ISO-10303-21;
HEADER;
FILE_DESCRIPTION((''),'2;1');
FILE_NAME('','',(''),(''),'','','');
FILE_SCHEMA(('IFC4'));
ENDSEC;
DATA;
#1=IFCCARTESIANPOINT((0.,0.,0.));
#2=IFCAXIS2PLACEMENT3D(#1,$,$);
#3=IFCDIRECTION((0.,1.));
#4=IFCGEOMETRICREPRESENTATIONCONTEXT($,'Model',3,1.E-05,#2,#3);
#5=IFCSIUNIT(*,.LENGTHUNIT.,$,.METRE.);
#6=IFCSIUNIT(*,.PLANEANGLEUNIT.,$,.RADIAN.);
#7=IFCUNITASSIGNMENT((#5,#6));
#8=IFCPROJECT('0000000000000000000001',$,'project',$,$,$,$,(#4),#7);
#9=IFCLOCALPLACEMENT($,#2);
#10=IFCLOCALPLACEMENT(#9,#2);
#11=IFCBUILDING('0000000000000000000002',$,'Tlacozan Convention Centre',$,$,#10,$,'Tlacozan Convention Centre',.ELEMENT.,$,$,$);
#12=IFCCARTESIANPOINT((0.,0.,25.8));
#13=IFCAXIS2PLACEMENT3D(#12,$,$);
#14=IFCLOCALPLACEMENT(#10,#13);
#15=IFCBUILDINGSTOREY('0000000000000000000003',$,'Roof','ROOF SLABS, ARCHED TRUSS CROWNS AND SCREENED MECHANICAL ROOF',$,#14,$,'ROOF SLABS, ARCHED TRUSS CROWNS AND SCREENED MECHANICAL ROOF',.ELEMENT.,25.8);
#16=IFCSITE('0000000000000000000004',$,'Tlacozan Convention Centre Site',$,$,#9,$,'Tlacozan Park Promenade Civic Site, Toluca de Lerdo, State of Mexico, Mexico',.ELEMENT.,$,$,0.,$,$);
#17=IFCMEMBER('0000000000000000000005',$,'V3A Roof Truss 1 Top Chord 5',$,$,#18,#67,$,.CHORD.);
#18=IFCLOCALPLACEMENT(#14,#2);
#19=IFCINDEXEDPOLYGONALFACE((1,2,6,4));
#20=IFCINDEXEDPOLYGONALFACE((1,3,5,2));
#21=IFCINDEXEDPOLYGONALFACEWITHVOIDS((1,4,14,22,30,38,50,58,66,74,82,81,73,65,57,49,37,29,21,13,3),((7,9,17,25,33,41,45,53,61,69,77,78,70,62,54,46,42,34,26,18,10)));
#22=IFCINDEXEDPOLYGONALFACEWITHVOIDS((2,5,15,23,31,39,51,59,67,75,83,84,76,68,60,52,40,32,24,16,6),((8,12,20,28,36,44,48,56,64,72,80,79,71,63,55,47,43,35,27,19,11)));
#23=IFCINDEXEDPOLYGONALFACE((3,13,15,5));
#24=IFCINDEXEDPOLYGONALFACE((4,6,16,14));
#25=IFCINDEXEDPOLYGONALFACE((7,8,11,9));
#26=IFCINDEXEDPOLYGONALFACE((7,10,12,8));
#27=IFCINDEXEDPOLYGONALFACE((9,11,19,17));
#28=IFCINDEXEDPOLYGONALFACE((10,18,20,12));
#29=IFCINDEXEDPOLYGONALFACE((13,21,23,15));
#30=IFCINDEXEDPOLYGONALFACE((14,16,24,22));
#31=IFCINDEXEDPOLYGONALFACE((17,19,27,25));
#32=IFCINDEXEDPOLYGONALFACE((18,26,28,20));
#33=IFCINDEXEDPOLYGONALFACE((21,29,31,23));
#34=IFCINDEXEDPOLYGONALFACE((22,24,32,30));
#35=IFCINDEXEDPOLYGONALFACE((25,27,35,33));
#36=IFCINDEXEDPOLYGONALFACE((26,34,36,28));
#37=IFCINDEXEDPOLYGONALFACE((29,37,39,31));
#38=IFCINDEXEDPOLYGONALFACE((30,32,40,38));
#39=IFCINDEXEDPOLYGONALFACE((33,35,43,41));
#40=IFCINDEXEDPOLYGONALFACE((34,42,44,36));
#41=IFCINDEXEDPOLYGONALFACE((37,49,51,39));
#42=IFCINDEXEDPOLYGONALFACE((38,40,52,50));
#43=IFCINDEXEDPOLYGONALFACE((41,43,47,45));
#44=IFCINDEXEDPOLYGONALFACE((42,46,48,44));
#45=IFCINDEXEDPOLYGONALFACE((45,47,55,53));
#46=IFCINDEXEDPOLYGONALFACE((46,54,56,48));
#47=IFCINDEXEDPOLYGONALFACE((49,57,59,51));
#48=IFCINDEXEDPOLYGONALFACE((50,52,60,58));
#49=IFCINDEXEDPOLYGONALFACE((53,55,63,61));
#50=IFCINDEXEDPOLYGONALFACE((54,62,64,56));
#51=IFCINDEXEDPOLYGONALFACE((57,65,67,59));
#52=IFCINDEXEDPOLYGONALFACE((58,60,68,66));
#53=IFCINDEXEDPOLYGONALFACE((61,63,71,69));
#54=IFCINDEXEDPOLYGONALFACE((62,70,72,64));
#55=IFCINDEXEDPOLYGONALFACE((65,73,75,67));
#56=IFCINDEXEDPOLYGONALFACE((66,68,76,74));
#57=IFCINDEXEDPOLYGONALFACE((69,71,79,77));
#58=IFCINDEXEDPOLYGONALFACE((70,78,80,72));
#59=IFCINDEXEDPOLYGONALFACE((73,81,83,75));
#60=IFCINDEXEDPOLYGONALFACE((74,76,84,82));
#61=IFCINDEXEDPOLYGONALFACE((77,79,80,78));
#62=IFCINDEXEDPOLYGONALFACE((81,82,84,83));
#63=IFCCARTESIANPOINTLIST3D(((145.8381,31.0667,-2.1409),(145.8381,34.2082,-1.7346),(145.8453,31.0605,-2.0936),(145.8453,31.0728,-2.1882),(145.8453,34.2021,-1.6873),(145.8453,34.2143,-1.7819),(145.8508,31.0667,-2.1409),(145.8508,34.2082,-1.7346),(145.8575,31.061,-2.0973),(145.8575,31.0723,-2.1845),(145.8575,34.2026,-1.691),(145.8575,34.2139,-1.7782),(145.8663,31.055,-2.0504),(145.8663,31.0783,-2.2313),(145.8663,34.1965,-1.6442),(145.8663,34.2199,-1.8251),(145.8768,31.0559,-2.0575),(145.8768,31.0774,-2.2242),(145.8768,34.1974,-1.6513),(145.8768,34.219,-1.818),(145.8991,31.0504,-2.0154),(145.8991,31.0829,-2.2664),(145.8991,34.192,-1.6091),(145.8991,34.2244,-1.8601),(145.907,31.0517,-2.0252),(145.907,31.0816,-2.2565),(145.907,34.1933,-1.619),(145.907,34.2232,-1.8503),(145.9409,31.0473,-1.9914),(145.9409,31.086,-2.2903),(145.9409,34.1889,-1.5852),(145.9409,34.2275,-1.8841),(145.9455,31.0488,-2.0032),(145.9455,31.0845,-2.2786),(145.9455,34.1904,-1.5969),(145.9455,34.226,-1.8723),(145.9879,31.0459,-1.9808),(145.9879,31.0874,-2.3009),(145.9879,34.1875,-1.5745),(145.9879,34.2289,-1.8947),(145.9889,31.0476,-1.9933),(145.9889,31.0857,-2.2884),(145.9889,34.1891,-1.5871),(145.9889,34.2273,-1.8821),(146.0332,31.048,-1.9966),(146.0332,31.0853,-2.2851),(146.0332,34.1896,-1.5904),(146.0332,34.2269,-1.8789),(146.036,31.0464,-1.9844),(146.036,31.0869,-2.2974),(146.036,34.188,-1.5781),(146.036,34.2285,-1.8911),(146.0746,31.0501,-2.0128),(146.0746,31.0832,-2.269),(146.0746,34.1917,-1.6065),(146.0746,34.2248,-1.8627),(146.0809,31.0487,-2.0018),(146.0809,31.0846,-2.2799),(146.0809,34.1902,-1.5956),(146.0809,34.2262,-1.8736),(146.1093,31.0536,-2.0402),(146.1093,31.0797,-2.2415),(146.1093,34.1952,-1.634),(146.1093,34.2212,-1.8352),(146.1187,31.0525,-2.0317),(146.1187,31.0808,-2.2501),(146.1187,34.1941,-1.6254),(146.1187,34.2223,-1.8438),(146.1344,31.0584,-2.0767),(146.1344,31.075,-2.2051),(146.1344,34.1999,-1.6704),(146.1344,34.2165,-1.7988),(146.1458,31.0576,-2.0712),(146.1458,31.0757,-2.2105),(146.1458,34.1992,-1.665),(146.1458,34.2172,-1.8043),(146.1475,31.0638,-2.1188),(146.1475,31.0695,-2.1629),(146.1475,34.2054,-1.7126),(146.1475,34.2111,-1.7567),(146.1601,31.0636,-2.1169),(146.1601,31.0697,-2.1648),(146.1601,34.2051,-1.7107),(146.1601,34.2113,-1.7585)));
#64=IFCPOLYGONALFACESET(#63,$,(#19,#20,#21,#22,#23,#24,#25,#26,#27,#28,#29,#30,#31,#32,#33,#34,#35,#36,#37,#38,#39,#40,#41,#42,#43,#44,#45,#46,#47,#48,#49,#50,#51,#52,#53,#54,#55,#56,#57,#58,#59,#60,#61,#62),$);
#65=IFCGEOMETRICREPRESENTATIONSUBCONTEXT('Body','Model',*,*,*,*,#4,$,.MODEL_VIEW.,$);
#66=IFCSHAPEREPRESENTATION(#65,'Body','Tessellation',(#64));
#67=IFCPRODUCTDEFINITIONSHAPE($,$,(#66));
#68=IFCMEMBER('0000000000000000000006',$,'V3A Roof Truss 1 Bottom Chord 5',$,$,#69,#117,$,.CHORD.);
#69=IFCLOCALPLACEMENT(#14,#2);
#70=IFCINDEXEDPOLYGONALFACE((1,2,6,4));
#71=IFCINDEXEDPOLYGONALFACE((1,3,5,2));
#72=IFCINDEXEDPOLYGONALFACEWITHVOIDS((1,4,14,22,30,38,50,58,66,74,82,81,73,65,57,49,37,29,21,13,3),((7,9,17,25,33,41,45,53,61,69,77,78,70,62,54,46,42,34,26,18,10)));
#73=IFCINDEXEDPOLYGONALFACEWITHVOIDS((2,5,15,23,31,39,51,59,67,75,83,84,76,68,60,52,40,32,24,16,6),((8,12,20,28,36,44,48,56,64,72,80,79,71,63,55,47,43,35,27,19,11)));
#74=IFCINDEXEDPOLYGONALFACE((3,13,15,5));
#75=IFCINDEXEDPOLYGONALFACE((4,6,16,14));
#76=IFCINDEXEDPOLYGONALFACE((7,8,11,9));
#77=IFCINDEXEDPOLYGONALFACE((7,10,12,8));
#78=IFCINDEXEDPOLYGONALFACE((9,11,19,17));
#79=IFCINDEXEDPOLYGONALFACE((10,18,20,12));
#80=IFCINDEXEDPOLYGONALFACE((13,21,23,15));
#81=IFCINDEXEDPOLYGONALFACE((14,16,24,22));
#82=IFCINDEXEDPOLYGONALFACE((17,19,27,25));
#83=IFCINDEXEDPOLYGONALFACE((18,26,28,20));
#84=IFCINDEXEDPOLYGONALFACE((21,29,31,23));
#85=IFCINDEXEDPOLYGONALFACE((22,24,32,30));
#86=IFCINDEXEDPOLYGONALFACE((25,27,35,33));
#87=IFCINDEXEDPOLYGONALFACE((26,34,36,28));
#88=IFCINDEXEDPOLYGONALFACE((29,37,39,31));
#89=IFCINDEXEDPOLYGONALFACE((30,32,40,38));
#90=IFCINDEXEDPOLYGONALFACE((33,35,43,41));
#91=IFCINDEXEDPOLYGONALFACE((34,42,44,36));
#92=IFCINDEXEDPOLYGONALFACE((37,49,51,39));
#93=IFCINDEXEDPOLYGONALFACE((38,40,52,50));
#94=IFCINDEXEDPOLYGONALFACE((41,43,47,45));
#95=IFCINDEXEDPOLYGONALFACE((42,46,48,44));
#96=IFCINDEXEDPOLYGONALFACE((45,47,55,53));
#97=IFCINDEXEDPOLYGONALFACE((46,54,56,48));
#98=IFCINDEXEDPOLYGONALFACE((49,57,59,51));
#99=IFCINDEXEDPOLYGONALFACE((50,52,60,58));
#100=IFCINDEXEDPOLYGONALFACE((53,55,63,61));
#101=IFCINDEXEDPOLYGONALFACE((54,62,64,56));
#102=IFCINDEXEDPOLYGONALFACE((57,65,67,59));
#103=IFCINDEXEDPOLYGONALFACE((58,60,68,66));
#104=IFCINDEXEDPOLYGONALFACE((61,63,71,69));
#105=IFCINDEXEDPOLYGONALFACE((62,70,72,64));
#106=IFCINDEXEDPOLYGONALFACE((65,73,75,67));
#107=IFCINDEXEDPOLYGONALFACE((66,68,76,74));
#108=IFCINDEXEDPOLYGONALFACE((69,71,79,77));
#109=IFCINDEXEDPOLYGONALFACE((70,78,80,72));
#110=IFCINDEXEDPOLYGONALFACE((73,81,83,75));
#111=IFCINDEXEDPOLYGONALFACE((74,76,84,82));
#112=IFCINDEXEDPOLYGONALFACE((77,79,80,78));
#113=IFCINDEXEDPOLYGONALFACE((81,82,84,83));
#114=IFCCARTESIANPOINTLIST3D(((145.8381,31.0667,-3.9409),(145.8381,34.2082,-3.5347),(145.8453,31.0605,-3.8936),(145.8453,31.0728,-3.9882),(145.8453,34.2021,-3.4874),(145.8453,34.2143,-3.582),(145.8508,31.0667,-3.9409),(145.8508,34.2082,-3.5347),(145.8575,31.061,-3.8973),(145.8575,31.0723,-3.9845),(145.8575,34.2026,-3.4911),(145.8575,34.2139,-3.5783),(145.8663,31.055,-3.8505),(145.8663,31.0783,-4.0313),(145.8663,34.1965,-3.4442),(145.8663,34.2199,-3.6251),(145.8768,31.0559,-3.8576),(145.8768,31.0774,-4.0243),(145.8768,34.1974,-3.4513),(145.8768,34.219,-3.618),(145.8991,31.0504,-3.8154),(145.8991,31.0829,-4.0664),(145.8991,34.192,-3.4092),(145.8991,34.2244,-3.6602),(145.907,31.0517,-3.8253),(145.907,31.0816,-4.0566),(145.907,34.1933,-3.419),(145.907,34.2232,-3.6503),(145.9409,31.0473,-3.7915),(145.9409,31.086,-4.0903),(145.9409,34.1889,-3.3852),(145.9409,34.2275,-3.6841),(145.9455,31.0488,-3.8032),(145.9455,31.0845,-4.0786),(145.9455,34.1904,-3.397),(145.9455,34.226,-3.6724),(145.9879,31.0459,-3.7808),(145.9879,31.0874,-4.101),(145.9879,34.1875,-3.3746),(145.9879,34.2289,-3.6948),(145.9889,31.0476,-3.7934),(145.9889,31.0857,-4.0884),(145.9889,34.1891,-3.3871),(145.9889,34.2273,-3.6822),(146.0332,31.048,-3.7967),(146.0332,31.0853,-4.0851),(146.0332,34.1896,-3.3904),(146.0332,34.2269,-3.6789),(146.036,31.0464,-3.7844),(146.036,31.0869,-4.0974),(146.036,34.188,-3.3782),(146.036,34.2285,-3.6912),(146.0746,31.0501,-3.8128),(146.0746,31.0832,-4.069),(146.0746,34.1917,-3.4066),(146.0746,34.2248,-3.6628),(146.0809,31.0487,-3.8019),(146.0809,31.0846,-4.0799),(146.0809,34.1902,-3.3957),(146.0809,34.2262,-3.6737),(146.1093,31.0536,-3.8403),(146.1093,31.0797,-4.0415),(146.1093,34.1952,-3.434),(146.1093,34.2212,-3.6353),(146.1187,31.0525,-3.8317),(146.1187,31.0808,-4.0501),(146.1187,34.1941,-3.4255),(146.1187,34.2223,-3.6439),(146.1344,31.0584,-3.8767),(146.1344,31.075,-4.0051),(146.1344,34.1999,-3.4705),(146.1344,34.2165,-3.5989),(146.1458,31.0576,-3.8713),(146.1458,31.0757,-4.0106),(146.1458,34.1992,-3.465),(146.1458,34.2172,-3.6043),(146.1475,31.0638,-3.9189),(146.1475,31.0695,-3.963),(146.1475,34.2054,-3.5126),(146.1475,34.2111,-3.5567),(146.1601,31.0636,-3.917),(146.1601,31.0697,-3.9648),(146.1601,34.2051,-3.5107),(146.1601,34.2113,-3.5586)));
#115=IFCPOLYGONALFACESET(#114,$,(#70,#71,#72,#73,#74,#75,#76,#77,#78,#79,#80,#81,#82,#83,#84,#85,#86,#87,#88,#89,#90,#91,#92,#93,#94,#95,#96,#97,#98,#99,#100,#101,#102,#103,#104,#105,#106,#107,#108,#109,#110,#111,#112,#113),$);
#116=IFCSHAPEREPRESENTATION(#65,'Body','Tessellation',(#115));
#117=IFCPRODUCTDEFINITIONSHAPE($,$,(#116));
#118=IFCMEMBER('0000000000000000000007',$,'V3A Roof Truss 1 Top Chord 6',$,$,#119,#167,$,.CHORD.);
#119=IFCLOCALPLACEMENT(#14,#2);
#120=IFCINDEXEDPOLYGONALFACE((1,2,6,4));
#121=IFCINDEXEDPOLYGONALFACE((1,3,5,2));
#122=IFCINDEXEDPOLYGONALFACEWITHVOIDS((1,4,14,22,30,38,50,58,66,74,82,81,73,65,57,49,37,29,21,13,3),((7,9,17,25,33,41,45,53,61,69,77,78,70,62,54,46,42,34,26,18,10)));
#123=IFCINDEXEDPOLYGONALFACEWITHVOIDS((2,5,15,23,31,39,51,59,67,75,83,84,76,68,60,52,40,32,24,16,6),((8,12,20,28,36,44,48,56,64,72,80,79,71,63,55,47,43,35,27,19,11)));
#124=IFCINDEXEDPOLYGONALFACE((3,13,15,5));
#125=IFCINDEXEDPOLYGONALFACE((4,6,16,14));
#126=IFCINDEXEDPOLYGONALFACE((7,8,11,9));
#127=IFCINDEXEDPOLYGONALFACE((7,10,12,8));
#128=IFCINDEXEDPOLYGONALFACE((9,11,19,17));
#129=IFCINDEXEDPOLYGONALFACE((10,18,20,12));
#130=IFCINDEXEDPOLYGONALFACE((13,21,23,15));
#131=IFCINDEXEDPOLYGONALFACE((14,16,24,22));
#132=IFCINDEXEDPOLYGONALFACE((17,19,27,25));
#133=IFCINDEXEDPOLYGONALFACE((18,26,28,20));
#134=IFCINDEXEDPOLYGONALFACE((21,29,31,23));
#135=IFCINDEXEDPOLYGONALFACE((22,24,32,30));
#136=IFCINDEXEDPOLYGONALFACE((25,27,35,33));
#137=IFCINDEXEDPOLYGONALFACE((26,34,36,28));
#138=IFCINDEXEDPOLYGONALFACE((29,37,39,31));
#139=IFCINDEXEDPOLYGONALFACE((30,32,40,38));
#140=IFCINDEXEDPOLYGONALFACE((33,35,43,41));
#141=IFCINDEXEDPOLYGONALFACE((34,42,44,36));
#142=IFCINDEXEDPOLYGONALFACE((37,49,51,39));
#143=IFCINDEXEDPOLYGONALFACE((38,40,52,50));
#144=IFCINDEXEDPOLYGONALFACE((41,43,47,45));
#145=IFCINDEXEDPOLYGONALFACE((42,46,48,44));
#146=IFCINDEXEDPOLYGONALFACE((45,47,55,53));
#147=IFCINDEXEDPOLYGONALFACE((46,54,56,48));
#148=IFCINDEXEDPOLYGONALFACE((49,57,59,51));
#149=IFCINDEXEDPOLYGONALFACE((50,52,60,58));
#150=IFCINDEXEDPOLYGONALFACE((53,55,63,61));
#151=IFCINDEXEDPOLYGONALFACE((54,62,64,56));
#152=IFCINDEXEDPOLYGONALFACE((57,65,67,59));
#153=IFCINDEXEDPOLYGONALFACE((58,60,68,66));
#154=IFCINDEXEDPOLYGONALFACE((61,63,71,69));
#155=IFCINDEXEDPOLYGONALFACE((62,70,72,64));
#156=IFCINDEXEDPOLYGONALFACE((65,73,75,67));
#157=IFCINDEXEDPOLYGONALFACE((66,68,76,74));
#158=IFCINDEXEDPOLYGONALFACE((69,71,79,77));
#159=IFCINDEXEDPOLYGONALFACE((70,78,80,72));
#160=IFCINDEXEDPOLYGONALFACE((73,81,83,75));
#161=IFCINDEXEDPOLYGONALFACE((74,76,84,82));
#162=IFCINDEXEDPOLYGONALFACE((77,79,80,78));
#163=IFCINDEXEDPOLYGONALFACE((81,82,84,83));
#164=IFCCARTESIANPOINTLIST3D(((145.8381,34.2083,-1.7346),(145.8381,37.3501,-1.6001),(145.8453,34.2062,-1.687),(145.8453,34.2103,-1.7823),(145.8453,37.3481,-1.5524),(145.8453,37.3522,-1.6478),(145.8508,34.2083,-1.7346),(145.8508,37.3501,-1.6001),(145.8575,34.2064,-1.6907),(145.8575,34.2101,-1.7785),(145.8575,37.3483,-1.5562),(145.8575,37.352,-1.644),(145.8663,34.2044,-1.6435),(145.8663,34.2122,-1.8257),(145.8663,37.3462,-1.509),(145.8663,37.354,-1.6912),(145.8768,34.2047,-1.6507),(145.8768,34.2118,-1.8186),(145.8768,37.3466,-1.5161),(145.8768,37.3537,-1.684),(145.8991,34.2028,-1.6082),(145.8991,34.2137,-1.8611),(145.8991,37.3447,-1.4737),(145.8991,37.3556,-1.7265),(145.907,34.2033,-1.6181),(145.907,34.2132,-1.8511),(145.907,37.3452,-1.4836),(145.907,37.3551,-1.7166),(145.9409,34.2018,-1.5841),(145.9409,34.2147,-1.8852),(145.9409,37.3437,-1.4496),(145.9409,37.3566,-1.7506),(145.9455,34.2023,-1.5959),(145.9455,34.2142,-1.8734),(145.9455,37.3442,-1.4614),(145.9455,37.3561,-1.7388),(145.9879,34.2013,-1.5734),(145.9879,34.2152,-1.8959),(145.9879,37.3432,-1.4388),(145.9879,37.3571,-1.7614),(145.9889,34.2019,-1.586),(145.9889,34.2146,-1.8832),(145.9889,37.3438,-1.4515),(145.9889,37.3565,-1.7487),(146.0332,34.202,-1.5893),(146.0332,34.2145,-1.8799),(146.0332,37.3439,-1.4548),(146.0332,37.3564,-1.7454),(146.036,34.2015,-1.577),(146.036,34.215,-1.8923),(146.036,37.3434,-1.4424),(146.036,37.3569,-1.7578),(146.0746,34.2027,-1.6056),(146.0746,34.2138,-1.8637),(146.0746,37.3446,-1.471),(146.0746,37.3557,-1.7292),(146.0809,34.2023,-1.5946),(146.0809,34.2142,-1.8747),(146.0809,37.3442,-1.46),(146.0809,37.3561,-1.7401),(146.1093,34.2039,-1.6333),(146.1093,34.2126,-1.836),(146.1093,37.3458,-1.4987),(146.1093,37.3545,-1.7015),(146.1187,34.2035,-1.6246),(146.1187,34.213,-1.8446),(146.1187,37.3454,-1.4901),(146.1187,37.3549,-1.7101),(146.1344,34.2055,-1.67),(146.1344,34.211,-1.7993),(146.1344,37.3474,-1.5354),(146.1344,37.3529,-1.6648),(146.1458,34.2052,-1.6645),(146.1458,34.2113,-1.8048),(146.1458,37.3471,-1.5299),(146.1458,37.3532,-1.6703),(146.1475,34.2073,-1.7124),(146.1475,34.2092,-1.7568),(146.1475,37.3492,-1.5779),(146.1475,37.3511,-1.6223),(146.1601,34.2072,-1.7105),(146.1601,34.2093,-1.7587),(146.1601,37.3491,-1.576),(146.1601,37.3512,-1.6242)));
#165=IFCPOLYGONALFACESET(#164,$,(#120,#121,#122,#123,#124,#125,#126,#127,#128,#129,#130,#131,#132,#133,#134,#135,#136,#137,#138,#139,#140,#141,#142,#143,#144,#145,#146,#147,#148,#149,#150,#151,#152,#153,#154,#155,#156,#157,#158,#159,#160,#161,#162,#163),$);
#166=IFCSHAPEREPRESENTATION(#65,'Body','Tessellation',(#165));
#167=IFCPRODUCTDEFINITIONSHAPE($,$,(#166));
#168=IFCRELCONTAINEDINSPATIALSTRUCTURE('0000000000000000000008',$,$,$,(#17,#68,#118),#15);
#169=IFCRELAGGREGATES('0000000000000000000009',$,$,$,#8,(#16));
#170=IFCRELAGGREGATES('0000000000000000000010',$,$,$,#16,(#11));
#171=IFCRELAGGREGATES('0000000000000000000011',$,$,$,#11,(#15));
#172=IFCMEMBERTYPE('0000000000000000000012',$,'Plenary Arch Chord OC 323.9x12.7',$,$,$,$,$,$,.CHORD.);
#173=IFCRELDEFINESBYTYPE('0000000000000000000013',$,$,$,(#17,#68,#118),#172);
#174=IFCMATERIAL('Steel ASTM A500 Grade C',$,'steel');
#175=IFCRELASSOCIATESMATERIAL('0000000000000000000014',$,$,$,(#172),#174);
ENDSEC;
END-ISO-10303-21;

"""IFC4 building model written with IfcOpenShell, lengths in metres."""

from ifc_helpers import new_model, si_unit, direction, frame, origin, origin_2d, place, context, subcontext, project, spatial, hollow_circle, extrude, material, material_profile, profile_set, type_object, element, save


model = new_model("IFC4")

# Units and contexts
model_context = context("Model", 3, precision=1e-05, world=origin(), true_north=direction((0.0, 1.0)))
body_context = subcontext(model_context, "Body", "Model", "MODEL_VIEW")
ifc_project = project(units=[si_unit("LENGTHUNIT", "METRE"), si_unit("PLANEANGLEUNIT", "RADIAN")], contexts=[model_context])

# Site, building, storey
site_placement = place(None, origin())
site = spatial("IfcSite", under=ifc_project, at=site_placement, Name="Tlacozan Convention Centre Site", LongName="Tlacozan Park Promenade Civic Site, Toluca de Lerdo, State of Mexico, Mexico", CompositionType="ELEMENT", RefElevation=0.0)
building_placement = place(site_placement, origin())
building = spatial("IfcBuilding", under=site, at=building_placement, Name="Tlacozan Convention Centre", LongName="Tlacozan Convention Centre", CompositionType="ELEMENT")
storey_placement = place(building_placement, frame((0.0, 0.0, 25.8)))
storey = spatial("IfcBuildingStorey", under=building, at=storey_placement, Name="Roof", Description="ROOF SLABS, ARCHED TRUSS CROWNS AND SCREENED MECHANICAL ROOF", LongName="ROOF SLABS, ARCHED TRUSS CROWNS AND SCREENED MECHANICAL ROOF", CompositionType="ELEMENT", Elevation=25.8)

# Members
ifc_material_1 = material(Name="Steel ASTM A500 Grade C", Category="steel")
ifc_material_profile_1 = material_profile(ifc_material_1, hollow_circle(Radius=0.1619, WallThickness=0.0127, at=origin_2d()), Name="OC 323.9x12.7")
ifc_profile_set_1 = profile_set([ifc_material_profile_1], Name="Steel ASTM A500 Grade C")
member_type_1 = type_object("IfcMemberType", Name="Plenary Arch Chord OC 323.9x12.7", PredefinedType="CHORD", material=ifc_profile_set_1)
for number, where, z_axis, x_axis, name in (
    (1, (146.0, 31.0667, -2.1409), (0.0, 0.991742, 0.128245), (-1.0, 0.0, 0.0), "V3A Roof Truss 1 Top Chord 5"),
    (2, (146.0, 31.0667, -3.9409), (0.0, 0.991742, 0.128245), (-1.0, 0.0, 0.0), "V3A Roof Truss 1 Bottom Chord 5"),
):
    element("IfcMember", number, at=place(storey_placement, frame(where, z_axis=z_axis, x_axis=x_axis)), inside=storey, type_object=member_type_1, Name=name, PredefinedType="CHORD", context=body_context, shape_type="SweptSolid", body=[
        extrude(hollow_circle(Radius=0.1619, WallThickness=0.0127, at=origin_2d()), origin(), (0.0, 0.0, 1.0), 3.1677),
    ])
for number, where, z_axis, x_axis, name in (
    (3, (146.0, 34.2083, -1.7346), (0.0, 0.999085, 0.042777), (-1.0, 0.0, 0.0), "V3A Roof Truss 1 Top Chord 6"),
):
    element("IfcMember", number, at=place(storey_placement, frame(where, z_axis=z_axis, x_axis=x_axis)), inside=storey, type_object=member_type_1, Name=name, PredefinedType="CHORD", context=body_context, shape_type="SweptSolid", body=[
        extrude(hollow_circle(Radius=0.1619, WallThickness=0.0127, at=origin_2d()), origin(), (0.0, 0.0, 1.0), 3.1448),
    ])

save(model, "model.ifc")
